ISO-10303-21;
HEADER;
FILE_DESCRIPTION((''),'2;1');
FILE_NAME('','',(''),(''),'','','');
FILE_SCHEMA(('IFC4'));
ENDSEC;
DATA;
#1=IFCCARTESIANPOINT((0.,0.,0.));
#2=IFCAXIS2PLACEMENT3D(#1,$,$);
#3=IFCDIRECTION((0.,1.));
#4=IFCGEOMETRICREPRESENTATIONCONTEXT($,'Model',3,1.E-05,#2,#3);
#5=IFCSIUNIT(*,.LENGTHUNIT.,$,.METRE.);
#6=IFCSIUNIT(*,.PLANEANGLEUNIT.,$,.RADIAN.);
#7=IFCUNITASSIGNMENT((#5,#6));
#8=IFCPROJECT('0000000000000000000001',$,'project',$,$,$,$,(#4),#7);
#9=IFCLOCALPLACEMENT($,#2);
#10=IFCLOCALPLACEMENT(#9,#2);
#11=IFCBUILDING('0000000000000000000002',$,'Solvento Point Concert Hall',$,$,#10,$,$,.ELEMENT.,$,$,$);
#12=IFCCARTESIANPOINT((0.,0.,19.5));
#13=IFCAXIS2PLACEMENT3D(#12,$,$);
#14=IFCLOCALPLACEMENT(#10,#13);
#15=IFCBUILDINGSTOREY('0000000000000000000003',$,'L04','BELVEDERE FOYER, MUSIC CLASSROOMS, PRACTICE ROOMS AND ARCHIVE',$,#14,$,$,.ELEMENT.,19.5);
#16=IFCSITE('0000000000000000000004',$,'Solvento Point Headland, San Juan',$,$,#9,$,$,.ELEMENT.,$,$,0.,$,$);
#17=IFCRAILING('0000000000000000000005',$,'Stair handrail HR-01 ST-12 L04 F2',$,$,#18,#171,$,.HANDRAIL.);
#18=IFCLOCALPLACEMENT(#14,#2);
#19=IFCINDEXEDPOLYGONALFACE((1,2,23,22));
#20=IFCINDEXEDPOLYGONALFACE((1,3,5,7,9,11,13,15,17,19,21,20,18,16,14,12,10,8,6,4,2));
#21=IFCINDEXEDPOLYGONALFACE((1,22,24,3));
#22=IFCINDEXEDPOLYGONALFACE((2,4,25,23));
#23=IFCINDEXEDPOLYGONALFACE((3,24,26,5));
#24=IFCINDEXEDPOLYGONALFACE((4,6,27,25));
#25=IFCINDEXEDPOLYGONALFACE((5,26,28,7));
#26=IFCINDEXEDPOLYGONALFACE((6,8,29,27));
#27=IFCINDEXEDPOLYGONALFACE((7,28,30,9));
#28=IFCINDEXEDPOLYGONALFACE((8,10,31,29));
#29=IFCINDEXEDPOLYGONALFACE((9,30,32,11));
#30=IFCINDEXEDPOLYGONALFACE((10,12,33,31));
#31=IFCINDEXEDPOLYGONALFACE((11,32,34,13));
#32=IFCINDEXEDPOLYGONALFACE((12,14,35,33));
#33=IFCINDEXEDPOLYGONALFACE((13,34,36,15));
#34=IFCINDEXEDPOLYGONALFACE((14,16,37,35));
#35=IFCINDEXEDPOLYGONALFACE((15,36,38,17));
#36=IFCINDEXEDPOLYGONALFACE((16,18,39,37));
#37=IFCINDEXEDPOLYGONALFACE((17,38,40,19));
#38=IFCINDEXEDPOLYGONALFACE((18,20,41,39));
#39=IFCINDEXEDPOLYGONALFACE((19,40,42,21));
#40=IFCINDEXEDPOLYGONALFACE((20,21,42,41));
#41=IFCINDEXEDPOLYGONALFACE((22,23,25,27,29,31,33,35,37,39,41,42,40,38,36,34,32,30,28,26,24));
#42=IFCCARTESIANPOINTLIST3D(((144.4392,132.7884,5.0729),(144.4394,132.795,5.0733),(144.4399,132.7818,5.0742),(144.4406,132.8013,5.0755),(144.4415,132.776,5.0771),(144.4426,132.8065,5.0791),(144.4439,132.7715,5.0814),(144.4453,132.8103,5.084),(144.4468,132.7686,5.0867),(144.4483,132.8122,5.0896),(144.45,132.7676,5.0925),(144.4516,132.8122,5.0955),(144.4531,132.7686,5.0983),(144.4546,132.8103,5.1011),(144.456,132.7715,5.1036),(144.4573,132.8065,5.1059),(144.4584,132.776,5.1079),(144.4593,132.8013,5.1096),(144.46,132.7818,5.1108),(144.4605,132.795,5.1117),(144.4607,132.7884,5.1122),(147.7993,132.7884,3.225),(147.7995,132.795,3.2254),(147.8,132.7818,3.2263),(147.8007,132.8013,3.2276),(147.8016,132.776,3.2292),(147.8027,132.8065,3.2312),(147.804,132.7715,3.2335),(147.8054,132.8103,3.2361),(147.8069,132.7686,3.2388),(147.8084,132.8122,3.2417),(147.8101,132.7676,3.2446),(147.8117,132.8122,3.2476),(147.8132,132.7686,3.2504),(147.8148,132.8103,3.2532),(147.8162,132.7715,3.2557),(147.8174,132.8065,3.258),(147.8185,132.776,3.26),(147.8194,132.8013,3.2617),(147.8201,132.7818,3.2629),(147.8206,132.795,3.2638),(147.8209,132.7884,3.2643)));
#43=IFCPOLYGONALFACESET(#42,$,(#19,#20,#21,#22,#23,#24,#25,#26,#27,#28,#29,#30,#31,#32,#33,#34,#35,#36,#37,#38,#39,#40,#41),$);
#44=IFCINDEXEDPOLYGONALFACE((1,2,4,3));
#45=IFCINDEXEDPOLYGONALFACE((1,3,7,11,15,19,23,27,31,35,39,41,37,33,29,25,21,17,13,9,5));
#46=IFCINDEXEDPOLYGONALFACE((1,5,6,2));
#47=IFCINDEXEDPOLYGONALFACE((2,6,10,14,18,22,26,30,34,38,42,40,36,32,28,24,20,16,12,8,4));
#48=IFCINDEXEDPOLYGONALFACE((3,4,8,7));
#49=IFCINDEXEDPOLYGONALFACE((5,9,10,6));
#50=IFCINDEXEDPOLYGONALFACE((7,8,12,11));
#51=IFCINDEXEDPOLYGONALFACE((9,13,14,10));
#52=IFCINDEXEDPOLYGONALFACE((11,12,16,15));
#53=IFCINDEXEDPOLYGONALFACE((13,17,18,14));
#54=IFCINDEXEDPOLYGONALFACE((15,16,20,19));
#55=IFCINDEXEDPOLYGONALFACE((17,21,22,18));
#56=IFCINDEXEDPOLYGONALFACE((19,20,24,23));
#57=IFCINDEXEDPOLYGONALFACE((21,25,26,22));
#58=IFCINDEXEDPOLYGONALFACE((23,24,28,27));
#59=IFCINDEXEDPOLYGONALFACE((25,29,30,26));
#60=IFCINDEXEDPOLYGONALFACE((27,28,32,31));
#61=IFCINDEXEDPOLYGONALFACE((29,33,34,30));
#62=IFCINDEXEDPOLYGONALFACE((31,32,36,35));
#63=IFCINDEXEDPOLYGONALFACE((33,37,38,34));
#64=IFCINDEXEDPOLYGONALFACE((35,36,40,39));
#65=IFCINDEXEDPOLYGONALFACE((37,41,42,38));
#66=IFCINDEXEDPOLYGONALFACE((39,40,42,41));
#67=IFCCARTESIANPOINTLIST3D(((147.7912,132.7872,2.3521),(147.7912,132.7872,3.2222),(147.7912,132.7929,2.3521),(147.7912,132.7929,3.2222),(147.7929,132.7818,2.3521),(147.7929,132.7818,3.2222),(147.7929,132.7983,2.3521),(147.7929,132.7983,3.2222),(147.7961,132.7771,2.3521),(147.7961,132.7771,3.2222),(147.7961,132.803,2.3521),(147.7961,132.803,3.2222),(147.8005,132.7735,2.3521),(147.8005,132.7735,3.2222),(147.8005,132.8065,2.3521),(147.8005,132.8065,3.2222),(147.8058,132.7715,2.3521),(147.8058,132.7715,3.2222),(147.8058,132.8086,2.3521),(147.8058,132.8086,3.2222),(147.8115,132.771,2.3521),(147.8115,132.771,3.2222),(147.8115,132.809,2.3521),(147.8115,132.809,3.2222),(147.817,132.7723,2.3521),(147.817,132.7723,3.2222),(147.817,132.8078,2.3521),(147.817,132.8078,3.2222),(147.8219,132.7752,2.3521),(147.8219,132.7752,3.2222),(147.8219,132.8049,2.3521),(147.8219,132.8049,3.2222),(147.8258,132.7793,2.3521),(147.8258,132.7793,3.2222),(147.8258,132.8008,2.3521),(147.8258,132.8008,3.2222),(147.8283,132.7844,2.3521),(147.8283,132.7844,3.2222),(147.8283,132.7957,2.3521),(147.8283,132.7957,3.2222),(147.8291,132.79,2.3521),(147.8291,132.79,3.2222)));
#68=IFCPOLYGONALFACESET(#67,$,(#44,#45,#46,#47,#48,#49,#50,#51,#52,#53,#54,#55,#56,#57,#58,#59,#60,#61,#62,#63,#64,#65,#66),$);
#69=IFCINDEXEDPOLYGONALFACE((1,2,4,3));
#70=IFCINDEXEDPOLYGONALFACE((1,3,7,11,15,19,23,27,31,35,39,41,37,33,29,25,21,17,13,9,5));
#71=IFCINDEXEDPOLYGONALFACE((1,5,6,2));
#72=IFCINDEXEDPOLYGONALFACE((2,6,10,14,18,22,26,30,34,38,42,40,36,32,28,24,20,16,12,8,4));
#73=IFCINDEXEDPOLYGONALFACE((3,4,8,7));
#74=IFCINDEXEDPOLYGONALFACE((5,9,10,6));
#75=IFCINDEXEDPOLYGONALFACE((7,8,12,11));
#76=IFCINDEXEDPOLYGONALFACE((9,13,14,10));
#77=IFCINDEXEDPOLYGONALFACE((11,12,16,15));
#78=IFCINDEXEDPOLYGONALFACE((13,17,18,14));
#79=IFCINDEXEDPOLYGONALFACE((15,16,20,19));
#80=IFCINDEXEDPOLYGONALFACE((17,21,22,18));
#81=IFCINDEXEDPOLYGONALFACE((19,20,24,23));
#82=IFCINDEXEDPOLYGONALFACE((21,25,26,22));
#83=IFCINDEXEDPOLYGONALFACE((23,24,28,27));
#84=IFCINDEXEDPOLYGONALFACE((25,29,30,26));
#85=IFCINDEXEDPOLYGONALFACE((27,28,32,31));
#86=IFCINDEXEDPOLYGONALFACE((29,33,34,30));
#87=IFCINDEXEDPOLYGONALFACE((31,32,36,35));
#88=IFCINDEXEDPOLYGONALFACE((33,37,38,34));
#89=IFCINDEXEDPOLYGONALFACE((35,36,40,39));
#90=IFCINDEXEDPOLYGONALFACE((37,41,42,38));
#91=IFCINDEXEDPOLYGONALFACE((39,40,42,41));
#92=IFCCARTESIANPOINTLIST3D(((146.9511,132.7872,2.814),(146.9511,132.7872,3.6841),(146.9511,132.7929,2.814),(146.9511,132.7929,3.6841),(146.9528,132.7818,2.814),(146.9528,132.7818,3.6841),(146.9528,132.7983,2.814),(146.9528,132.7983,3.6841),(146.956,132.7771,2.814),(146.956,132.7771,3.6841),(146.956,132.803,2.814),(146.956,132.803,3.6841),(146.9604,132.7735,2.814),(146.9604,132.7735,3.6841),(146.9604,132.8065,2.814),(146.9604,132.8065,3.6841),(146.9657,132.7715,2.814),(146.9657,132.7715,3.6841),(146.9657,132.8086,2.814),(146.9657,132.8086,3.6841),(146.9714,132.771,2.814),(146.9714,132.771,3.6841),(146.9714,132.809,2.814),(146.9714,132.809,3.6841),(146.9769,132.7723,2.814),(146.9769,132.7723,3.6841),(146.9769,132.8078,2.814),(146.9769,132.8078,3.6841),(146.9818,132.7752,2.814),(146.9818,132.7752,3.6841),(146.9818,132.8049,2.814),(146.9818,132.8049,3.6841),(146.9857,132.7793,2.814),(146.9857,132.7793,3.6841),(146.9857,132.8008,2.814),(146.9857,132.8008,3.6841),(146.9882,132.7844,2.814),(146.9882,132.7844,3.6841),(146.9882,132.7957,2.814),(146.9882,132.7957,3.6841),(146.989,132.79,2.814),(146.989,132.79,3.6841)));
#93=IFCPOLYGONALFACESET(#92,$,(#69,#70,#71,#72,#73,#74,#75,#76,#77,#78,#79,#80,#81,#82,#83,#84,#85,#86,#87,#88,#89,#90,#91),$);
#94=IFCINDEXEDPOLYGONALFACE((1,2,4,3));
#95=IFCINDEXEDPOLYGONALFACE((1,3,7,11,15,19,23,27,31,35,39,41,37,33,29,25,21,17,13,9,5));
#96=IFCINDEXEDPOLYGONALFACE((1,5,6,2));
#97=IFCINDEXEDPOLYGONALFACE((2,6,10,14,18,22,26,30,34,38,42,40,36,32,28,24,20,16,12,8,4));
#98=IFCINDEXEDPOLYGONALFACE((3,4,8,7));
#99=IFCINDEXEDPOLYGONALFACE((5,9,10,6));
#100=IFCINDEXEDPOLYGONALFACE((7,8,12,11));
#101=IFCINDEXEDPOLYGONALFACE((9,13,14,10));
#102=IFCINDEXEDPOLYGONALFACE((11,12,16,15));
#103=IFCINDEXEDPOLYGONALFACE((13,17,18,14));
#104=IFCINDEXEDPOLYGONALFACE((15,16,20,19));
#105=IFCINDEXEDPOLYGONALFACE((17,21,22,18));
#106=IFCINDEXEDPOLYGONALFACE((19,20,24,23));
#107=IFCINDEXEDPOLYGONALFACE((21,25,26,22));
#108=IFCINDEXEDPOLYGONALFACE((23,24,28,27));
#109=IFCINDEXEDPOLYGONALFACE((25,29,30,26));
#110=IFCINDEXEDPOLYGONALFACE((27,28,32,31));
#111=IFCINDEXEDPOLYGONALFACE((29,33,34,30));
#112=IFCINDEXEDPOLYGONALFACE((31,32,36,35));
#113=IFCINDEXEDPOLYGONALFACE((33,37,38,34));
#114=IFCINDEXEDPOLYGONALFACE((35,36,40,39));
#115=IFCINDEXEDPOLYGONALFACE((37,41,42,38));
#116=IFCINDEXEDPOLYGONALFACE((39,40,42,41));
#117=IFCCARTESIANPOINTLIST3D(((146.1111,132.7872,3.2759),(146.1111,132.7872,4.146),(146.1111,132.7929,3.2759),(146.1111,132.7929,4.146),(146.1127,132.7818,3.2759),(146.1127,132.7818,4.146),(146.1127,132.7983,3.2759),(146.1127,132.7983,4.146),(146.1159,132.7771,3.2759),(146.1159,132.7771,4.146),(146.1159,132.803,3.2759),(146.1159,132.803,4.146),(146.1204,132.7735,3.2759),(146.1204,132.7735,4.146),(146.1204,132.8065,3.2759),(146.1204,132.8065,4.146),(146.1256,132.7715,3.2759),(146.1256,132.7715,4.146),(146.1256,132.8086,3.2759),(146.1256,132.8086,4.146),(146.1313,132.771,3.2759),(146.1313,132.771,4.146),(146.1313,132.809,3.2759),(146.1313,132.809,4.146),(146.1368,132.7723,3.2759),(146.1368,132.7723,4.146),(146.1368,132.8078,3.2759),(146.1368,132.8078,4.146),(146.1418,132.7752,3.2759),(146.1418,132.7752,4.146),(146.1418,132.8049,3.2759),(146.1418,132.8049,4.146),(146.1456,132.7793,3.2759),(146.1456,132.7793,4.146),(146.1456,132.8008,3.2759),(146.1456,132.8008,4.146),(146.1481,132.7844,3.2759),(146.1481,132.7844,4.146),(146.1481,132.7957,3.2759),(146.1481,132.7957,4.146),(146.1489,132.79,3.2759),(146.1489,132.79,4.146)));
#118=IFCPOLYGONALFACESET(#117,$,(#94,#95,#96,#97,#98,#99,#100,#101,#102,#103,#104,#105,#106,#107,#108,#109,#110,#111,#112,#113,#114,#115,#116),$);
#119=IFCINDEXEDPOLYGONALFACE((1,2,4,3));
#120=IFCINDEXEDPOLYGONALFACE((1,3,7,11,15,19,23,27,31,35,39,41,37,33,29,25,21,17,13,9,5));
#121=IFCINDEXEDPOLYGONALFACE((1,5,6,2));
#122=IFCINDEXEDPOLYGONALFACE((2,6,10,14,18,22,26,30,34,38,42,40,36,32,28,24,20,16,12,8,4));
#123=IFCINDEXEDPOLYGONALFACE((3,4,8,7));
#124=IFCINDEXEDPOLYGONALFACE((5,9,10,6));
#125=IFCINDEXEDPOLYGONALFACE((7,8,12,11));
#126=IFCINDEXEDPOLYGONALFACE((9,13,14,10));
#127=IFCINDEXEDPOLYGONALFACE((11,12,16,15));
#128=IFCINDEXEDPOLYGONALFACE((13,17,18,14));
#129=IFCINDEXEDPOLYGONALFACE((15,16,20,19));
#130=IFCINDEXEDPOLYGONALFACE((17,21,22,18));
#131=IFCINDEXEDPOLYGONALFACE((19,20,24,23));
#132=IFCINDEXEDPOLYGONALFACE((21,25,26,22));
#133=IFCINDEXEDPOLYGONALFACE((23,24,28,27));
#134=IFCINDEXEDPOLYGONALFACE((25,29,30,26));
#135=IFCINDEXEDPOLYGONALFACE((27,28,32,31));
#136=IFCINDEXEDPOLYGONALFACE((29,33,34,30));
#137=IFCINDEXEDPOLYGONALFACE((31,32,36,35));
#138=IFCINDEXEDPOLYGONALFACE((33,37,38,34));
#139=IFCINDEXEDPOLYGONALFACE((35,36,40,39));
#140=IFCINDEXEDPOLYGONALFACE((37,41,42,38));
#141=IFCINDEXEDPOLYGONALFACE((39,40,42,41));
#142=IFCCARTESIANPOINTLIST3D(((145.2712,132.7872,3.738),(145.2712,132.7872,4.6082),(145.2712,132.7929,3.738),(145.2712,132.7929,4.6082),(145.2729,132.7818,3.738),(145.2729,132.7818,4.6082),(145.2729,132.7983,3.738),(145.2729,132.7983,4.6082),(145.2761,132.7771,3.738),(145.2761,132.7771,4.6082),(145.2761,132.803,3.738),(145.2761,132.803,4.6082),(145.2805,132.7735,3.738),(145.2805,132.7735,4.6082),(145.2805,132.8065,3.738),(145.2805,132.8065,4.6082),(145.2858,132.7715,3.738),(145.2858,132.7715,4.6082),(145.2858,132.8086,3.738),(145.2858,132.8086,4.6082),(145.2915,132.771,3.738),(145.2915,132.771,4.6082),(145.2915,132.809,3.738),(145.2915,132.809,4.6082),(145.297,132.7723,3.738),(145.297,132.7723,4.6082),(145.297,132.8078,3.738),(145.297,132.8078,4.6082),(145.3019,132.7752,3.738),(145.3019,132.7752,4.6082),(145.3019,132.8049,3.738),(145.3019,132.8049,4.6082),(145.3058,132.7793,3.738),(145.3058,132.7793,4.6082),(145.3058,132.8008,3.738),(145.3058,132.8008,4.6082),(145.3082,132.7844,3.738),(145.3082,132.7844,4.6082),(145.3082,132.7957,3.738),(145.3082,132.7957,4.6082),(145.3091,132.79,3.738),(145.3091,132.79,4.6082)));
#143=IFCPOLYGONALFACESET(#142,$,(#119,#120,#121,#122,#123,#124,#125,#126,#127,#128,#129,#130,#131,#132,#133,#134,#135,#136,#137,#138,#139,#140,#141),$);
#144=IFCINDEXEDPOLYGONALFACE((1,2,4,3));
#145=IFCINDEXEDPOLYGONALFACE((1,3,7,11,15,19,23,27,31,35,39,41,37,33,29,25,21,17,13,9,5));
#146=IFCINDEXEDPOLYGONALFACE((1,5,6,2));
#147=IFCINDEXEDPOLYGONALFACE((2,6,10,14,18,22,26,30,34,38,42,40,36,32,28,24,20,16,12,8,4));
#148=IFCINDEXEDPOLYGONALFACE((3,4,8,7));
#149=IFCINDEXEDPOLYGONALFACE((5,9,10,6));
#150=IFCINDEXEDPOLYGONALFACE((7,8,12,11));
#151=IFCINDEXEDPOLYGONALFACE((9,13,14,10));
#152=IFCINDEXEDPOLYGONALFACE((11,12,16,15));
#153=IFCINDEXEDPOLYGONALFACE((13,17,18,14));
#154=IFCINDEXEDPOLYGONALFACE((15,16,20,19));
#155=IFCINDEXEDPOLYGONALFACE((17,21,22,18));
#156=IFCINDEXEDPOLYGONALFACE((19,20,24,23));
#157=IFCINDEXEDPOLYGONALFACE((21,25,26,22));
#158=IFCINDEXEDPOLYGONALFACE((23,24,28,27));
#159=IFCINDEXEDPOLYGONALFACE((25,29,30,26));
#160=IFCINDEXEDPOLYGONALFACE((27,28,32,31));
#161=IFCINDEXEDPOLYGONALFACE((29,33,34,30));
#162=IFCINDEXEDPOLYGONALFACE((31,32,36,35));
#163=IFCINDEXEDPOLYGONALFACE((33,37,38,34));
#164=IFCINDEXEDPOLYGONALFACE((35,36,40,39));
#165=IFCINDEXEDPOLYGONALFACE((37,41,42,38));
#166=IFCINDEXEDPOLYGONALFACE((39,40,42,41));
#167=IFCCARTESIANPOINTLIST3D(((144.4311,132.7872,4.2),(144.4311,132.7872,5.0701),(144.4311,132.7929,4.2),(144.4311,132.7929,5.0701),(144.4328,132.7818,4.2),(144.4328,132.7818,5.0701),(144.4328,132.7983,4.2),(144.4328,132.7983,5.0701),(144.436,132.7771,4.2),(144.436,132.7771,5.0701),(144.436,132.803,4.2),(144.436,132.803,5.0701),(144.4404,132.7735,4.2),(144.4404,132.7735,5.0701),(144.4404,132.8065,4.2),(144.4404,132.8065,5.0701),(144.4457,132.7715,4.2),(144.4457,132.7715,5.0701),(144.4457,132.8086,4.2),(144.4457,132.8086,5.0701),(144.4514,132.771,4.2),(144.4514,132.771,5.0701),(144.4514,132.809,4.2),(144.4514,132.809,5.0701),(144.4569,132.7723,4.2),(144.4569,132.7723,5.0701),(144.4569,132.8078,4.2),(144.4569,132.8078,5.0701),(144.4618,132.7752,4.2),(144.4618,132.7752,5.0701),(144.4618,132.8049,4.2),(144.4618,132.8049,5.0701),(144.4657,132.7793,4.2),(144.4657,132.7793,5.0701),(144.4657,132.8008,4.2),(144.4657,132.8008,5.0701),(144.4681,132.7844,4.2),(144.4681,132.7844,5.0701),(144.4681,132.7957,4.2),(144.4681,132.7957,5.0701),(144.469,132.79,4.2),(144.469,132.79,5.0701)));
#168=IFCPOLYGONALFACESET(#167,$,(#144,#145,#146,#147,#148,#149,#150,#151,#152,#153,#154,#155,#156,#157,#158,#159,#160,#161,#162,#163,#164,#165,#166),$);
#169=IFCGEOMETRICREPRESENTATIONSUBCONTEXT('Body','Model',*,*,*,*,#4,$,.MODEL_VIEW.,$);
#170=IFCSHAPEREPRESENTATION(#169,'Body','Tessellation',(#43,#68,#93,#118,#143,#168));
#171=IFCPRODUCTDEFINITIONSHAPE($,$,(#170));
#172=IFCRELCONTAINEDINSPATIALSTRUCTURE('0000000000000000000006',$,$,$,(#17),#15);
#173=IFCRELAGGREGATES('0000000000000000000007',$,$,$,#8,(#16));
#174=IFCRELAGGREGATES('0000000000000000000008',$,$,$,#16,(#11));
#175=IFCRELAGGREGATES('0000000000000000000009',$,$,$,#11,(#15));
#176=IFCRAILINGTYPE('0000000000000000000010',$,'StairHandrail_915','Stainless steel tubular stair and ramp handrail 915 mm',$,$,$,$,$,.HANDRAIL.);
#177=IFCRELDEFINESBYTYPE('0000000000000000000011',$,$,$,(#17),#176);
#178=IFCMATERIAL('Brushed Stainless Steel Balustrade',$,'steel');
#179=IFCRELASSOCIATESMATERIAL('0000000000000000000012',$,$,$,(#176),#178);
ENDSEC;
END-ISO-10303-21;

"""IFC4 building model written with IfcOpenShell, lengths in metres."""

from ifc_helpers import new_model, si_unit, direction, frame, origin, origin_2d, place, context, subcontext, project, spatial, circle, extrude, material, type_object, element, save


model = new_model("IFC4")

# Units and contexts
model_context = context("Model", 3, precision=1e-05, world=origin(), true_north=direction((0.0, 1.0)))
body_context = subcontext(model_context, "Body", "Model", "MODEL_VIEW")
ifc_project = project(units=[si_unit("LENGTHUNIT", "METRE"), si_unit("PLANEANGLEUNIT", "RADIAN")], contexts=[model_context])

# Site, building, storey
site_placement = place(None, origin())
site = spatial("IfcSite", under=ifc_project, at=site_placement, Name="Solvento Point Headland, San Juan", CompositionType="ELEMENT", RefElevation=0.0)
building_placement = place(site_placement, origin())
building = spatial("IfcBuilding", under=site, at=building_placement, Name="Solvento Point Concert Hall", CompositionType="ELEMENT")
storey_placement = place(building_placement, frame((0.0, 0.0, 19.5)))
storey = spatial("IfcBuildingStorey", under=building, at=storey_placement, Name="L04", Description="BELVEDERE FOYER, MUSIC CLASSROOMS, PRACTICE ROOMS AND ARCHIVE", CompositionType="ELEMENT", Elevation=19.5)

# Railing
ifc_material_1 = material(Name="Brushed Stainless Steel Balustrade", Category="steel")
railing_type_1 = type_object("IfcRailingType", Name="StairHandrail_915", Description="Stainless steel tubular stair and ramp handrail 915 mm", PredefinedType="HANDRAIL", material=ifc_material_1)
railing_1_placement = place(storey_placement, frame((147.8101, 132.79, 2.3521)))
element("IfcRailing", 1, at=railing_1_placement, inside=storey, type_object=railing_type_1, Name="Stair handrail HR-01 ST-12 L04 F2", PredefinedType="HANDRAIL", context=body_context, shape_type="SweptSolid", body=[
    extrude(circle(Radius=0.0225, at=origin_2d()), frame((0.0, 0.0, 0.8926), z_axis=(-0.876233, 0.0, 0.481887), x_axis=(0.0, -1.0, 0.0)), (0.0, 0.0, 1.0), 3.8347),
    extrude(circle(Radius=0.019, at=origin_2d()), origin(), (0.0, 0.0, 1.0), 0.8701),
    extrude(circle(Radius=0.019, at=origin_2d()), frame((-0.8401, 0.0, 0.4619)), (0.0, 0.0, 1.0), 0.8701),
    extrude(circle(Radius=0.019, at=origin_2d()), frame((-1.6802, 0.0, 0.9238)), (0.0, 0.0, 1.0), 0.8701),
    extrude(circle(Radius=0.019, at=origin_2d()), frame((-2.52, 0.0, 1.386)), (0.0, 0.0, 1.0), 0.8701),
    extrude(circle(Radius=0.019, at=origin_2d()), frame((-3.3601, 0.0, 1.8479)), (0.0, 0.0, 1.0), 0.8701),
])

save(model, "model.ifc")
